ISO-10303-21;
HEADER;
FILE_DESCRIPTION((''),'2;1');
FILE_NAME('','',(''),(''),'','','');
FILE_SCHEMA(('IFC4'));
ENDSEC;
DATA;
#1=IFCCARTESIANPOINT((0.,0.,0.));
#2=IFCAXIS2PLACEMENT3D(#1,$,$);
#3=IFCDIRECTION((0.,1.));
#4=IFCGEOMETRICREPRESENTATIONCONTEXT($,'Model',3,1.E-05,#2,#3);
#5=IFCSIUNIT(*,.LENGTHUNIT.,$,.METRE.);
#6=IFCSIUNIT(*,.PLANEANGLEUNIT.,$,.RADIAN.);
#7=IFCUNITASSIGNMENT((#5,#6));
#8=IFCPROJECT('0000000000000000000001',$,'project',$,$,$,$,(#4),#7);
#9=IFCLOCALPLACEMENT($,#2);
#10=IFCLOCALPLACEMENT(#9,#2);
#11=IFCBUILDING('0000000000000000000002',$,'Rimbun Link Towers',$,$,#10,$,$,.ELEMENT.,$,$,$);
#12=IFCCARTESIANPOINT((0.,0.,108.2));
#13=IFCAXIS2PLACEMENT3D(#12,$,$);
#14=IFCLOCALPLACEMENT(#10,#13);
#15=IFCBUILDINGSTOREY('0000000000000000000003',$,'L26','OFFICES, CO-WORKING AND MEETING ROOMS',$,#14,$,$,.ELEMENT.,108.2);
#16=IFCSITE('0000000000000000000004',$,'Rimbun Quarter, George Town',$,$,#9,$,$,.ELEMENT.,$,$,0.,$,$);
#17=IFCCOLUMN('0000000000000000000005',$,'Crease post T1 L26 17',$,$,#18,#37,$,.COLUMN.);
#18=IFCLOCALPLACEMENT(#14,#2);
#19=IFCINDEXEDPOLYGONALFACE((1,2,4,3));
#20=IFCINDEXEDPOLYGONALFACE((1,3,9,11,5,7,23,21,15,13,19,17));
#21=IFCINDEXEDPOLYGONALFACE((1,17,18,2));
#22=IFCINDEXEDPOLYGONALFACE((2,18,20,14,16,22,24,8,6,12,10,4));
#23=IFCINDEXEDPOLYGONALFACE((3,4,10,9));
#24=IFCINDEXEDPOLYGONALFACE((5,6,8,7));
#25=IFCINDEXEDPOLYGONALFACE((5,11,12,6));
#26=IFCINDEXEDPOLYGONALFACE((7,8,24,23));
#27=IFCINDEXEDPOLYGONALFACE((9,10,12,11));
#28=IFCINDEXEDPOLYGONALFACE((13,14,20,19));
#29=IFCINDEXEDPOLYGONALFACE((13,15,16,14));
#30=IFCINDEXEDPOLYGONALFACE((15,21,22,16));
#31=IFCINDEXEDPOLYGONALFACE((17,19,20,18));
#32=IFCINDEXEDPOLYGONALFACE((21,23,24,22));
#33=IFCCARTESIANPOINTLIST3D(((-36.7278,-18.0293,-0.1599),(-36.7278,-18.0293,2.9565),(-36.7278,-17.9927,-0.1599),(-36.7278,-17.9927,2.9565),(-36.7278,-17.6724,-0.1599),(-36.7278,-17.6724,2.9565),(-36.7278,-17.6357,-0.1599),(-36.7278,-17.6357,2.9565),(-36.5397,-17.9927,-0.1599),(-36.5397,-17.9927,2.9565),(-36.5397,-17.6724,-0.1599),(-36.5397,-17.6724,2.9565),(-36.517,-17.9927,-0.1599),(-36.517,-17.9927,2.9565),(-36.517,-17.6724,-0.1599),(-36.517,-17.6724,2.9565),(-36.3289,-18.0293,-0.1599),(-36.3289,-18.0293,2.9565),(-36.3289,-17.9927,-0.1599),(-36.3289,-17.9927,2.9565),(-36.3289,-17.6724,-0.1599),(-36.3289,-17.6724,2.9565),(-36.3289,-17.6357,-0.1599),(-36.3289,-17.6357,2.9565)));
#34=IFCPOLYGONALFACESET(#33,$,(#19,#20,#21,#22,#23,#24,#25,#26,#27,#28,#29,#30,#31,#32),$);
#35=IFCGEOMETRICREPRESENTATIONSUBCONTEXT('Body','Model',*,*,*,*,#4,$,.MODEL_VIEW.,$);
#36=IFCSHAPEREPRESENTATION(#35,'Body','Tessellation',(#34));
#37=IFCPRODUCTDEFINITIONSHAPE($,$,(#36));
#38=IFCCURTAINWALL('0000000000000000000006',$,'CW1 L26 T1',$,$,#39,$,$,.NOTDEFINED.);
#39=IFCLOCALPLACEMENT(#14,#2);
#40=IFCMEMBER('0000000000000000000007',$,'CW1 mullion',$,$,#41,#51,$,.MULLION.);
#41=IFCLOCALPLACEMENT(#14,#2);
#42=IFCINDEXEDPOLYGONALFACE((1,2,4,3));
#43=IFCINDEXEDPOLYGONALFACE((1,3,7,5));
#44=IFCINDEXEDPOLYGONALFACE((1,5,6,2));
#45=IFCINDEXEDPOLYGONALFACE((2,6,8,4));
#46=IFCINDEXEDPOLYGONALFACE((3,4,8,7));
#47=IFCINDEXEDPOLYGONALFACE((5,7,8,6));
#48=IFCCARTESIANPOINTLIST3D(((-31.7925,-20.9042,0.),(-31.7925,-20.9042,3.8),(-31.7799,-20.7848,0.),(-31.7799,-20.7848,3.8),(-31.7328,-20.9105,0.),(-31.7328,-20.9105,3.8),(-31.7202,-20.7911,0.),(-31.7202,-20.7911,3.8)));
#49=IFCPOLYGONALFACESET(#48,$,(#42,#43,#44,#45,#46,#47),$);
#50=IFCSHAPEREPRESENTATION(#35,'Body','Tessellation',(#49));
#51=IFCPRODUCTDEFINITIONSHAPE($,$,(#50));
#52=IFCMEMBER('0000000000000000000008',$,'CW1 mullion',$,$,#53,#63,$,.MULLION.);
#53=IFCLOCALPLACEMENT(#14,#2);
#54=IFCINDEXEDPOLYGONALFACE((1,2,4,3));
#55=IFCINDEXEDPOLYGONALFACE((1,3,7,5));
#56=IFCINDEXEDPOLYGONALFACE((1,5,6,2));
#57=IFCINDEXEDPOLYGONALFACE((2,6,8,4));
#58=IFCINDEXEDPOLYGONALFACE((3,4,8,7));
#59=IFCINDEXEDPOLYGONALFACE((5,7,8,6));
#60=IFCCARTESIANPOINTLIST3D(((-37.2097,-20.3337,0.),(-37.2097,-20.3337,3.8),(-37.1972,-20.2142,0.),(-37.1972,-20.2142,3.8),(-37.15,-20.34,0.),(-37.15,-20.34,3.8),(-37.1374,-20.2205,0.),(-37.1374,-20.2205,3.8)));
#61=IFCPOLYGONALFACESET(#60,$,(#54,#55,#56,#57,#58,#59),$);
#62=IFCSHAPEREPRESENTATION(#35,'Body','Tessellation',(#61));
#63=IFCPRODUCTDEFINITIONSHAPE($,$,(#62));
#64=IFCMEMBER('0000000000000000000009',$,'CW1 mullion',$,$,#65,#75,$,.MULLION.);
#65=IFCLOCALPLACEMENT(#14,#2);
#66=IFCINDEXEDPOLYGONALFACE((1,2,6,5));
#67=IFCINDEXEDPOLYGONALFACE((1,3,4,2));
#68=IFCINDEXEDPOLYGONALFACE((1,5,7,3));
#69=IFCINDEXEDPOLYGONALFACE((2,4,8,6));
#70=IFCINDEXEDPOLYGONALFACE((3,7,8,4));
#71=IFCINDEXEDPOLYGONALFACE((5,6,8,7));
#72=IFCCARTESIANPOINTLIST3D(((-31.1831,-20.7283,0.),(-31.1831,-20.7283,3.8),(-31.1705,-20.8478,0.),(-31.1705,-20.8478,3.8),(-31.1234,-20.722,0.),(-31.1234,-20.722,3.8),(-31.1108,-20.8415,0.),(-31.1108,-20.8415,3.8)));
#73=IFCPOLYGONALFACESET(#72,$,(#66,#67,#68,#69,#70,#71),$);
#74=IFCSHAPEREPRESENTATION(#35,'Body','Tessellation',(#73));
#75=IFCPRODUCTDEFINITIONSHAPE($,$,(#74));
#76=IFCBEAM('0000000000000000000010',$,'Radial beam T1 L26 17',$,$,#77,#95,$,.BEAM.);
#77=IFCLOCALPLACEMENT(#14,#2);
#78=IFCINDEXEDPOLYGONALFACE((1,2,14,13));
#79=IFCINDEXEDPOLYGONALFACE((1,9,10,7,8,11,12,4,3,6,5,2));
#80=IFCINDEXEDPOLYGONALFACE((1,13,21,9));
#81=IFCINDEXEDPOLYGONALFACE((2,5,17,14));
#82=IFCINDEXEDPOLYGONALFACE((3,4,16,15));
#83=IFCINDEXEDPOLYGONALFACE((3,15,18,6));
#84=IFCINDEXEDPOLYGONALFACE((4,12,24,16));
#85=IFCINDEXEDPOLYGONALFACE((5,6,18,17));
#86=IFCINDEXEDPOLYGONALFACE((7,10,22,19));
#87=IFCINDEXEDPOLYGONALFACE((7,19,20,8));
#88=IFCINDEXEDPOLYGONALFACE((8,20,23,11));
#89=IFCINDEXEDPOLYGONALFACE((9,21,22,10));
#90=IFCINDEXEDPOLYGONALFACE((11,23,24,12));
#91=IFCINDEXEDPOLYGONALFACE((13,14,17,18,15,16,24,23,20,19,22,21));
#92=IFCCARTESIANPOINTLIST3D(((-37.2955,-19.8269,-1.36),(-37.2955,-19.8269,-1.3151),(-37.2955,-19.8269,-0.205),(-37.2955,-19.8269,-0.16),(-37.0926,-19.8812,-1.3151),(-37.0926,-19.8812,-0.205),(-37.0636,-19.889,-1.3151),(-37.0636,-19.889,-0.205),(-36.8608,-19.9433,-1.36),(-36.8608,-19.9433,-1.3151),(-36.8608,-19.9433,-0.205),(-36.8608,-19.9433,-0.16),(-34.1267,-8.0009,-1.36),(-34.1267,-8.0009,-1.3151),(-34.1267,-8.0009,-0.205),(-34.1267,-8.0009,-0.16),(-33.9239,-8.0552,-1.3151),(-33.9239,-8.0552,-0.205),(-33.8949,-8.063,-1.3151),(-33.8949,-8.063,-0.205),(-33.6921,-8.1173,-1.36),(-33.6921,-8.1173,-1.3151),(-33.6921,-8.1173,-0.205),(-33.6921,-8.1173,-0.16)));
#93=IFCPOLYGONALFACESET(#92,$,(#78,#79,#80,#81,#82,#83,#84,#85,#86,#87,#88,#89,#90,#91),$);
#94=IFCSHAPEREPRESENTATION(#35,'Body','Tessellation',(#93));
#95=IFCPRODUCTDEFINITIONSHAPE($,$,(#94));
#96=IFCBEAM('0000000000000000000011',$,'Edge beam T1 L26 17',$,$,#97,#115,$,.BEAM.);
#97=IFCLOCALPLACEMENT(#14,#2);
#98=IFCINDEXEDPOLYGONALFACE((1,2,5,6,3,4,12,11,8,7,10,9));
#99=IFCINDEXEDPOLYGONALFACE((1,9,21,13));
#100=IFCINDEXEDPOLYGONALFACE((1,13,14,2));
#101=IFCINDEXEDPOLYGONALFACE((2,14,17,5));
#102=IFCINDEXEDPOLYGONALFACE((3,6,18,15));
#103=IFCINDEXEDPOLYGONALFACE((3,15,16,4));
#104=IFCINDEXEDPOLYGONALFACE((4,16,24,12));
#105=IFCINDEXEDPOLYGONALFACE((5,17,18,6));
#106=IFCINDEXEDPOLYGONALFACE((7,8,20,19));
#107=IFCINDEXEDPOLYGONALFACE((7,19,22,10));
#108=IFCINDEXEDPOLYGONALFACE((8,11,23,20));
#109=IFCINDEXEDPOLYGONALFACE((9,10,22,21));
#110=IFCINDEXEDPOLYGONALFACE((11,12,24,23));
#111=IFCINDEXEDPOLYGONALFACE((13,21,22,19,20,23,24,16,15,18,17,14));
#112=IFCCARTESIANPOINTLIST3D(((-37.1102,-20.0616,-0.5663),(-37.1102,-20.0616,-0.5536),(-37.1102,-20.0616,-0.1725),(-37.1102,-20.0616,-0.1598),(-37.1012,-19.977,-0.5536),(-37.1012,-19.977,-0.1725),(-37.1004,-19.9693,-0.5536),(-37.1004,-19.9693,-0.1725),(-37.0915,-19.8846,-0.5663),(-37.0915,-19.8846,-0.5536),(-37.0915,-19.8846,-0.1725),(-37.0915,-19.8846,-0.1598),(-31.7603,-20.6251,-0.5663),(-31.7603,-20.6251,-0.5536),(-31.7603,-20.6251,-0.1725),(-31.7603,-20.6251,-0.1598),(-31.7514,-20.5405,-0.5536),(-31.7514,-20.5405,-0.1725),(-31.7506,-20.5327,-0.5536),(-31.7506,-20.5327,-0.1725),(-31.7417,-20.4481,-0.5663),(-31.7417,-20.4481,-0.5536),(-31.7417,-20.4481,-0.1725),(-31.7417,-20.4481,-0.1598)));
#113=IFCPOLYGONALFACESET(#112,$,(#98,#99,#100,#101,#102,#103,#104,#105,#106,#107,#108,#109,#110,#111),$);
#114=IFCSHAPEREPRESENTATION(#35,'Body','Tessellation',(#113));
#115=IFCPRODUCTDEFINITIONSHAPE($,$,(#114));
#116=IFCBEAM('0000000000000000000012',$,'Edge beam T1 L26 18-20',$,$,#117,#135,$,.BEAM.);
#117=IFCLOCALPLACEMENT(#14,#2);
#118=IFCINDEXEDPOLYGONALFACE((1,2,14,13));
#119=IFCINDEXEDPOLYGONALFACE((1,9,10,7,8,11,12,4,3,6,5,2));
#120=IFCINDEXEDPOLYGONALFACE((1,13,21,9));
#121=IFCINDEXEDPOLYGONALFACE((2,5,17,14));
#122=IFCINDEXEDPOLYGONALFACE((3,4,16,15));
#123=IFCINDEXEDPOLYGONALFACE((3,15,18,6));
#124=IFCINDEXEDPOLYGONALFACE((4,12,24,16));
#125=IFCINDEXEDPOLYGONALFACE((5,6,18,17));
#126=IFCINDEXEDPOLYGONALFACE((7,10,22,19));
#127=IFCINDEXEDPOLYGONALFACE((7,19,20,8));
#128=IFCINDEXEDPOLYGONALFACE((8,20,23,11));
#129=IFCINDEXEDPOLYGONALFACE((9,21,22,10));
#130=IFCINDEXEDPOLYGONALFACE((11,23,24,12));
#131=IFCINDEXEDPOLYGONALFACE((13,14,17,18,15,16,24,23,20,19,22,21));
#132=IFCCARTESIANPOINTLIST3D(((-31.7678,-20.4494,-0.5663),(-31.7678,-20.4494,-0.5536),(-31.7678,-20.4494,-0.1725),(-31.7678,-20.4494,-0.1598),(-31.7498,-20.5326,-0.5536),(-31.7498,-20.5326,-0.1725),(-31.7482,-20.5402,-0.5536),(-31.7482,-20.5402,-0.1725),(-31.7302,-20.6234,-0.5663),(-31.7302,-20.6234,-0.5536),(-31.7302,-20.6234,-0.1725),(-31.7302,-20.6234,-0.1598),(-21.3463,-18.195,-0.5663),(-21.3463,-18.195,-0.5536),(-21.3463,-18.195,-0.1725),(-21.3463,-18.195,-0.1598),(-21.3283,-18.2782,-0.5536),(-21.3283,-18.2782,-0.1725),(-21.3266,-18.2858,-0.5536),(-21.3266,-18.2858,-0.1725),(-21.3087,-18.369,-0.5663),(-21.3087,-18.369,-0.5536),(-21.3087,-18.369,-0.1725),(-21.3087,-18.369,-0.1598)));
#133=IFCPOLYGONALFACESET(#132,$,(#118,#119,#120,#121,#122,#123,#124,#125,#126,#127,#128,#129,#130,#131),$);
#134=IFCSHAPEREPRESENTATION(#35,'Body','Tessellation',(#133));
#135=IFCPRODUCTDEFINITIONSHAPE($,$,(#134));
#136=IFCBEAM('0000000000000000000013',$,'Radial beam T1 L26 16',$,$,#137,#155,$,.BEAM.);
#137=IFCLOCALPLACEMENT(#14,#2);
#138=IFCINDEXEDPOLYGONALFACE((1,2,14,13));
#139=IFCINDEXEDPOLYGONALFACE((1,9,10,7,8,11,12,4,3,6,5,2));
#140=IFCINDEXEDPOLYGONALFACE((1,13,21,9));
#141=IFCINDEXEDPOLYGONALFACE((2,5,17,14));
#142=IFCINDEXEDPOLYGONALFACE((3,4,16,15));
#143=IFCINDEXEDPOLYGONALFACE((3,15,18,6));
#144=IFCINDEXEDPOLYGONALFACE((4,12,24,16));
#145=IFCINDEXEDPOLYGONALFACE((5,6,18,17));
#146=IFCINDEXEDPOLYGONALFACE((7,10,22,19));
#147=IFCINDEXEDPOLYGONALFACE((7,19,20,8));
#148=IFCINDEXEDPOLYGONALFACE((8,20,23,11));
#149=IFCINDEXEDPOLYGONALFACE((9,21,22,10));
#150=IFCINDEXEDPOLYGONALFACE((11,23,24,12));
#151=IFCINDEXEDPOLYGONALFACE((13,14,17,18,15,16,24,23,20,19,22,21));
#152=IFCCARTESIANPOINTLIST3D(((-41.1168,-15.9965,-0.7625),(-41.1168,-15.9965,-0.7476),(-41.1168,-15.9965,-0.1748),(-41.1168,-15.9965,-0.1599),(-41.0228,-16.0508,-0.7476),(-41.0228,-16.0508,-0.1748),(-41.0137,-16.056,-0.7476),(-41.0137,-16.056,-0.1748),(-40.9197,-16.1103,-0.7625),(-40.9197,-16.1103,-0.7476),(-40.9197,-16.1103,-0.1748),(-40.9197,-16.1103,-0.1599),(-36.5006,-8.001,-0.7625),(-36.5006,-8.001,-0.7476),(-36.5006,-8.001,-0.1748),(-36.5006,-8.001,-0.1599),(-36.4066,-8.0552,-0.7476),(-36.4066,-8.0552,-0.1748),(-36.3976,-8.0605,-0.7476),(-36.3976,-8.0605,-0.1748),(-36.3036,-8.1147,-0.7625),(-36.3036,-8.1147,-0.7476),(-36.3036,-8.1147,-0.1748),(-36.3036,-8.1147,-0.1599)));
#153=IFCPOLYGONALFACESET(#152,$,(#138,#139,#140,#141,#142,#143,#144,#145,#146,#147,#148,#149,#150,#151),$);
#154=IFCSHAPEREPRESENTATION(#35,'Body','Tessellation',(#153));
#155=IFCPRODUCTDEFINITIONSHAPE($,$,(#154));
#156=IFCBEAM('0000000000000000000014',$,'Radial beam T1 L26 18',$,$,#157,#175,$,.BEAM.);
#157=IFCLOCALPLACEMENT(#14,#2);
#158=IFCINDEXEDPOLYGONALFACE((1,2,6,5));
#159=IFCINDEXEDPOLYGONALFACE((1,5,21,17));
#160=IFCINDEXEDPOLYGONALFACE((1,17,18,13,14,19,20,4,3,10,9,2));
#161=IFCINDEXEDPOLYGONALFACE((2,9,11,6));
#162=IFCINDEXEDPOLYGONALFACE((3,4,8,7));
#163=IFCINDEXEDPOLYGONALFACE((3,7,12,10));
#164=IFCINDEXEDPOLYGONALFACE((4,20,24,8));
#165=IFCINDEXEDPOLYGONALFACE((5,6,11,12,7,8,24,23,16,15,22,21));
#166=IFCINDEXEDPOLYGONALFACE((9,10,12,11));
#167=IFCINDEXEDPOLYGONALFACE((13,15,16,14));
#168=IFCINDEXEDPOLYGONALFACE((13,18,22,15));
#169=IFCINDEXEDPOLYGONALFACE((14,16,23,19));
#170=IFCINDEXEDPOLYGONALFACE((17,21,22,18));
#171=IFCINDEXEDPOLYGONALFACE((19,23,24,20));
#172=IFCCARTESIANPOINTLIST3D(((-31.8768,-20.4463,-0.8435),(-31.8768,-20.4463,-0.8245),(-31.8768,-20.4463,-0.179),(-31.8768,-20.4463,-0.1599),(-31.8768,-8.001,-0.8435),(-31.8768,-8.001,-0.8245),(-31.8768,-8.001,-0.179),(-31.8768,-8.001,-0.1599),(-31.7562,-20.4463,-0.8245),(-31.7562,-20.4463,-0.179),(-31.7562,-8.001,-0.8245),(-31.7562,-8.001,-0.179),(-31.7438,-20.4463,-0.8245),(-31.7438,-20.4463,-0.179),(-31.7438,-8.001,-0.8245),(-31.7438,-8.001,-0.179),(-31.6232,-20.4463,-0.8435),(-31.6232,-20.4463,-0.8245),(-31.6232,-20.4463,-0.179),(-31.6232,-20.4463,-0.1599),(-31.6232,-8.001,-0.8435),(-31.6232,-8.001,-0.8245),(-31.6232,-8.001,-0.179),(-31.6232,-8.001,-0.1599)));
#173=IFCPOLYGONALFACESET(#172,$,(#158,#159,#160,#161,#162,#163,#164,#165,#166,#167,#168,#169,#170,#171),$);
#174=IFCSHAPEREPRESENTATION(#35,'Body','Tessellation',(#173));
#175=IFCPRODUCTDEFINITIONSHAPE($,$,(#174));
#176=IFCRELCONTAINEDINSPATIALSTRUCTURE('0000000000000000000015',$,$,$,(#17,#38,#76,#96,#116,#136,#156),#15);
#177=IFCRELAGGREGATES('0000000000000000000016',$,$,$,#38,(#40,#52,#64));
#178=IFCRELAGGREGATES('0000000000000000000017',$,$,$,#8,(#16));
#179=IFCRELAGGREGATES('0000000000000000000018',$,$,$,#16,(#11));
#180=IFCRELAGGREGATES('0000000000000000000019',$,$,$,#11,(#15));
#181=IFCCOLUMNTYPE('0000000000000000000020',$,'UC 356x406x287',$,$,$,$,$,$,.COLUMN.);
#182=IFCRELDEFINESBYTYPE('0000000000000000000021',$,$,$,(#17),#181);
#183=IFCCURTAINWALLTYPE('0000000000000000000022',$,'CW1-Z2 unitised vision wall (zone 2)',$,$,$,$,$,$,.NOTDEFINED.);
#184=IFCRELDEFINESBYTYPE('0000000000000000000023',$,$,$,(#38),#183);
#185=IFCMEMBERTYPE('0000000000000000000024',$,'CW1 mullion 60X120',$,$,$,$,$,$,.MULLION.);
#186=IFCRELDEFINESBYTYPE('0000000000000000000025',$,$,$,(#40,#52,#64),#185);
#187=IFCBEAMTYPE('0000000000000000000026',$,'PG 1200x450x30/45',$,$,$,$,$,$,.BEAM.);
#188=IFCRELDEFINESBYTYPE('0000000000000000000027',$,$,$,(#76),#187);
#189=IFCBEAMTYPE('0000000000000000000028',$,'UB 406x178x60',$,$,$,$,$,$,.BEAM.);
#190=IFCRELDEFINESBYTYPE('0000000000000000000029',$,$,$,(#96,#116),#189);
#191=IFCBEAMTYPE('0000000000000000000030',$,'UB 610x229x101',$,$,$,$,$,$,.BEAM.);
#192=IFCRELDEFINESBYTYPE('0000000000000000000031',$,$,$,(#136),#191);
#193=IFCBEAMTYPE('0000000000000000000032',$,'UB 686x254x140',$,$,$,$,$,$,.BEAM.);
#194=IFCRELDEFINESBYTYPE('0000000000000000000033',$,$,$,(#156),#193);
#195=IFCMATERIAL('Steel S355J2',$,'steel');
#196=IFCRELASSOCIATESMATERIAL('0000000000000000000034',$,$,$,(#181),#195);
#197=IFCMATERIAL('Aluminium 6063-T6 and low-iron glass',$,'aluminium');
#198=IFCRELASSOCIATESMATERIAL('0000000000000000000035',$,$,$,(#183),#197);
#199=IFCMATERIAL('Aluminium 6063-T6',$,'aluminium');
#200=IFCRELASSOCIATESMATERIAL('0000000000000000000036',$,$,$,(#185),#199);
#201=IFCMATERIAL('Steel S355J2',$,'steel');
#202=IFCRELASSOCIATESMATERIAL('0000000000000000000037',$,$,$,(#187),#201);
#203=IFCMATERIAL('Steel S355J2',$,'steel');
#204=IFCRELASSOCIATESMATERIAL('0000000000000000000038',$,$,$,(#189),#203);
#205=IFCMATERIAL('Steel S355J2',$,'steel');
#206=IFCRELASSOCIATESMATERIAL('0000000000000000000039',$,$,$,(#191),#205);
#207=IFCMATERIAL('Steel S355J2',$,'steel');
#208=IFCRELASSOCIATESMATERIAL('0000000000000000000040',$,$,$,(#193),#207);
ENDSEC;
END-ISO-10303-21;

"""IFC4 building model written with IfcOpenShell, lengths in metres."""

from ifc_helpers import new_model, si_unit, direction, frame, origin, origin_2d, place, context, subcontext, project, spatial, rectangle, i_section, extrude, material, material_profile, profile_set, type_object, element, aggregate, save


model = new_model("IFC4")

# Units and contexts
model_context = context("Model", 3, precision=1e-05, world=origin(), true_north=direction((0.0, 1.0)))
body_context = subcontext(model_context, "Body", "Model", "MODEL_VIEW")
ifc_project = project(units=[si_unit("LENGTHUNIT", "METRE"), si_unit("PLANEANGLEUNIT", "RADIAN")], contexts=[model_context])

# Site, building, storey
site_placement = place(None, origin())
site = spatial("IfcSite", under=ifc_project, at=site_placement, Name="Rimbun Quarter, George Town", CompositionType="ELEMENT", RefElevation=0.0)
building_placement = place(site_placement, origin())
building = spatial("IfcBuilding", under=site, at=building_placement, Name="Rimbun Link Towers", CompositionType="ELEMENT")
storey_placement = place(building_placement, frame((0.0, 0.0, 108.2)))
storey = spatial("IfcBuildingStorey", under=building, at=storey_placement, Name="L26", Description="OFFICES, CO-WORKING AND MEETING ROOMS", CompositionType="ELEMENT", Elevation=108.2)

# Column
ifc_material_1 = material(Name="Steel S355J2", Category="steel")
ifc_material_profile_1 = material_profile(ifc_material_1, i_section(OverallWidth=0.3989, OverallDepth=0.3936, WebThickness=0.0227, FlangeThickness=0.0366, at=origin_2d()), Name="UC 356x406x287")
ifc_profile_set_1 = profile_set([ifc_material_profile_1], Name="Steel S355J2")
column_type = type_object("IfcColumnType", Name="UC 356x406x287", PredefinedType="COLUMN", material=ifc_profile_set_1)
column_placement = place(storey_placement, frame((-36.5283, -17.8325, -0.1599), z_axis=(0.0, 0.0, 1.0), x_axis=(1.0, 0.0, 0.0)))
element("IfcColumn", 1, at=column_placement, inside=storey, type_object=column_type, Name="Crease post T1 L26 17", PredefinedType="COLUMN", context=body_context, shape_type="SweptSolid", body=[
    extrude(i_section(OverallWidth=0.3989, OverallDepth=0.3936, WebThickness=0.0227, FlangeThickness=0.0366, at=origin_2d()), origin(), (0.0, 0.0, 1.0), 3.1165),
])

# Curtain wall, members
ifc_material_2 = material(Name="Aluminium 6063-T6 and low-iron glass", Category="aluminium")
curtain_wall_type = type_object("IfcCurtainWallType", Name="CW1-Z2 unitised vision wall (zone 2)", PredefinedType="NOTDEFINED", material=ifc_material_2)
curtain_wall_placement = place(storey_placement, origin())
curtain_wall = element("IfcCurtainWall", 2, at=curtain_wall_placement, inside=storey, type_object=curtain_wall_type, Name="CW1 L26 T1", PredefinedType="NOTDEFINED")
ifc_material_3 = material(Name="Aluminium 6063-T6", Category="aluminium")
ifc_material_profile_2 = material_profile(ifc_material_3, rectangle(XDim=0.1201, YDim=0.0601, at=origin_2d()), Name="MULLION 60X120")
ifc_profile_set_2 = profile_set([ifc_material_profile_2], Name="Aluminium 6063-T6")
member_type_1 = type_object("IfcMemberType", Name="CW1 mullion 60X120", PredefinedType="MULLION", material=ifc_profile_set_2)
member_1_placement = place(storey_placement, frame((-31.7563, -20.8477, 0.0), z_axis=(0.0, 0.0, 1.0), x_axis=(-0.104732, -0.994501, 0.0)))
member_1 = element("IfcMember", 3, at=member_1_placement, type_object=member_type_1, Name="CW1 mullion", PredefinedType="MULLION", context=body_context, shape_type="SweptSolid", body=[
    extrude(rectangle(XDim=0.1201, YDim=0.0601, at=origin_2d()), origin(), (0.0, 0.0, 1.0), 3.8),
])
member_2_placement = place(storey_placement, frame((-37.1736, -20.2771, 0.0), z_axis=(0.0, 0.0, 1.0), x_axis=(-0.104732, -0.994501, 0.0)))
member_2 = element("IfcMember", 4, at=member_2_placement, type_object=member_type_1, Name="CW1 mullion", PredefinedType="MULLION", context=body_context, shape_type="SweptSolid", body=[
    extrude(rectangle(XDim=0.1201, YDim=0.0601, at=origin_2d()), origin(), (0.0, 0.0, 1.0), 3.8),
])
member_3_placement = place(storey_placement, frame((-31.147, -20.7849, 0.0), z_axis=(0.0, 0.0, 1.0), x_axis=(0.104732, -0.994501, 0.0)))
member_3 = element("IfcMember", 5, at=member_3_placement, type_object=member_type_1, Name="CW1 mullion", PredefinedType="MULLION", context=body_context, shape_type="SweptSolid", body=[
    extrude(rectangle(XDim=0.1201, YDim=0.0601, at=origin_2d()), origin(), (0.0, 0.0, 1.0), 3.8),
])

# Beams
ifc_material_4 = material(Name="Steel S355J2", Category="steel")
ifc_material_profile_3 = material_profile(ifc_material_4, i_section(OverallWidth=0.45, OverallDepth=1.2, WebThickness=0.03, FlangeThickness=0.0449, at=origin_2d()), Name="PG 1200x450x30/45")
ifc_profile_set_3 = profile_set([ifc_material_profile_3], Name="Steel S355J2")
beam_type_1 = type_object("IfcBeamType", Name="PG 1200x450x30/45", PredefinedType="BEAM", material=ifc_profile_set_3)
beam_1_placement = place(storey_placement, frame((-33.9094, -8.0591, -0.76), z_axis=(-0.258815, -0.965927, 0.0), x_axis=(0.965927, -0.258815, 0.0)))
element("IfcBeam", 6, at=beam_1_placement, inside=storey, type_object=beam_type_1, Name="Radial beam T1 L26 17", PredefinedType="BEAM", context=body_context, shape_type="SweptSolid", body=[
    extrude(i_section(OverallWidth=0.45, OverallDepth=1.2, WebThickness=0.03, FlangeThickness=0.0449, at=origin_2d()), origin(), (0.0, 0.0, 1.0), 12.2432),
])
ifc_material_5 = material(Name="Steel S355J2", Category="steel")
ifc_material_profile_4 = material_profile(ifc_material_5, i_section(OverallWidth=0.178, OverallDepth=0.4065, WebThickness=0.0078, FlangeThickness=0.0127, at=origin_2d()), Name="UB 406x178x60")
ifc_profile_set_4 = profile_set([ifc_material_profile_4], Name="Steel S355J2")
beam_type_2 = type_object("IfcBeamType", Name="UB 406x178x60", PredefinedType="BEAM", material=ifc_profile_set_4)
beam_2_placement = place(storey_placement, frame((-37.1008, -19.9731, -0.363), z_axis=(0.994499, -0.104746, 0.0), x_axis=(0.104746, 0.994499, 0.0)))
element("IfcBeam", 7, at=beam_2_placement, inside=storey, type_object=beam_type_2, Name="Edge beam T1 L26 17", PredefinedType="BEAM", context=body_context, shape_type="SweptSolid", body=[
    extrude(i_section(OverallWidth=0.178, OverallDepth=0.4065, WebThickness=0.0078, FlangeThickness=0.0127, at=origin_2d()), origin(), (0.0, 0.0, 1.0), 5.3794),
])
beam_3_placement = place(storey_placement, frame((-31.749, -20.5364, -0.363), z_axis=(0.977393, 0.211429, 0.0), x_axis=(-0.211429, 0.977393, 0.0)))
element("IfcBeam", 8, at=beam_3_placement, inside=storey, type_object=beam_type_2, Name="Edge beam T1 L26 18-20", PredefinedType="BEAM", context=body_context, shape_type="SweptSolid", body=[
    extrude(i_section(OverallWidth=0.178, OverallDepth=0.4065, WebThickness=0.0078, FlangeThickness=0.0127, at=origin_2d()), origin(), (0.0, 0.0, 1.0), 10.6626),
])
ifc_material_6 = material(Name="Steel S355J2", Category="steel")
ifc_material_profile_5 = material_profile(ifc_material_6, i_section(OverallWidth=0.2275, OverallDepth=0.6025, WebThickness=0.0105, FlangeThickness=0.0149, at=origin_2d()), Name="UB 610x229x101")
ifc_profile_set_5 = profile_set([ifc_material_profile_5], Name="Steel S355J2")
beam_type_3 = type_object("IfcBeamType", Name="UB 610x229x101", PredefinedType="BEAM", material=ifc_profile_set_5)
beam_4_placement = place(storey_placement, frame((-36.4021, -8.0579, -0.4612), z_axis=(-0.499996, -0.866028, 0.0), x_axis=(0.866028, -0.499996, 0.0)))
element("IfcBeam", 9, at=beam_4_placement, inside=storey, type_object=beam_type_3, Name="Radial beam T1 L26 16", PredefinedType="BEAM", context=body_context, shape_type="SweptSolid", body=[
    extrude(i_section(OverallWidth=0.2275, OverallDepth=0.6025, WebThickness=0.0105, FlangeThickness=0.0149, at=origin_2d()), origin(), (0.0, 0.0, 1.0), 9.2324),
])
ifc_material_7 = material(Name="Steel S355J2", Category="steel")
ifc_material_profile_6 = material_profile(ifc_material_7, i_section(OverallWidth=0.2537, OverallDepth=0.6836, WebThickness=0.0125, FlangeThickness=0.019, at=origin_2d()), Name="UB 686x254x140")
ifc_profile_set_6 = profile_set([ifc_material_profile_6], Name="Steel S355J2")
beam_type_4 = type_object("IfcBeamType", Name="UB 686x254x140", PredefinedType="BEAM", material=ifc_profile_set_6)
beam_5_placement = place(storey_placement, frame((-31.75, -8.001, -0.5017), z_axis=(0.0, -1.0, 0.0), x_axis=(1.0, 0.0, 0.0)))
element("IfcBeam", 10, at=beam_5_placement, inside=storey, type_object=beam_type_4, Name="Radial beam T1 L26 18", PredefinedType="BEAM", context=body_context, shape_type="SweptSolid", body=[
    extrude(i_section(OverallWidth=0.2537, OverallDepth=0.6836, WebThickness=0.0125, FlangeThickness=0.019, at=origin_2d()), origin(), (0.0, 0.0, 1.0), 12.4453),
])

aggregate(curtain_wall, [member_1, member_2, member_3])

save(model, "model.ifc")
